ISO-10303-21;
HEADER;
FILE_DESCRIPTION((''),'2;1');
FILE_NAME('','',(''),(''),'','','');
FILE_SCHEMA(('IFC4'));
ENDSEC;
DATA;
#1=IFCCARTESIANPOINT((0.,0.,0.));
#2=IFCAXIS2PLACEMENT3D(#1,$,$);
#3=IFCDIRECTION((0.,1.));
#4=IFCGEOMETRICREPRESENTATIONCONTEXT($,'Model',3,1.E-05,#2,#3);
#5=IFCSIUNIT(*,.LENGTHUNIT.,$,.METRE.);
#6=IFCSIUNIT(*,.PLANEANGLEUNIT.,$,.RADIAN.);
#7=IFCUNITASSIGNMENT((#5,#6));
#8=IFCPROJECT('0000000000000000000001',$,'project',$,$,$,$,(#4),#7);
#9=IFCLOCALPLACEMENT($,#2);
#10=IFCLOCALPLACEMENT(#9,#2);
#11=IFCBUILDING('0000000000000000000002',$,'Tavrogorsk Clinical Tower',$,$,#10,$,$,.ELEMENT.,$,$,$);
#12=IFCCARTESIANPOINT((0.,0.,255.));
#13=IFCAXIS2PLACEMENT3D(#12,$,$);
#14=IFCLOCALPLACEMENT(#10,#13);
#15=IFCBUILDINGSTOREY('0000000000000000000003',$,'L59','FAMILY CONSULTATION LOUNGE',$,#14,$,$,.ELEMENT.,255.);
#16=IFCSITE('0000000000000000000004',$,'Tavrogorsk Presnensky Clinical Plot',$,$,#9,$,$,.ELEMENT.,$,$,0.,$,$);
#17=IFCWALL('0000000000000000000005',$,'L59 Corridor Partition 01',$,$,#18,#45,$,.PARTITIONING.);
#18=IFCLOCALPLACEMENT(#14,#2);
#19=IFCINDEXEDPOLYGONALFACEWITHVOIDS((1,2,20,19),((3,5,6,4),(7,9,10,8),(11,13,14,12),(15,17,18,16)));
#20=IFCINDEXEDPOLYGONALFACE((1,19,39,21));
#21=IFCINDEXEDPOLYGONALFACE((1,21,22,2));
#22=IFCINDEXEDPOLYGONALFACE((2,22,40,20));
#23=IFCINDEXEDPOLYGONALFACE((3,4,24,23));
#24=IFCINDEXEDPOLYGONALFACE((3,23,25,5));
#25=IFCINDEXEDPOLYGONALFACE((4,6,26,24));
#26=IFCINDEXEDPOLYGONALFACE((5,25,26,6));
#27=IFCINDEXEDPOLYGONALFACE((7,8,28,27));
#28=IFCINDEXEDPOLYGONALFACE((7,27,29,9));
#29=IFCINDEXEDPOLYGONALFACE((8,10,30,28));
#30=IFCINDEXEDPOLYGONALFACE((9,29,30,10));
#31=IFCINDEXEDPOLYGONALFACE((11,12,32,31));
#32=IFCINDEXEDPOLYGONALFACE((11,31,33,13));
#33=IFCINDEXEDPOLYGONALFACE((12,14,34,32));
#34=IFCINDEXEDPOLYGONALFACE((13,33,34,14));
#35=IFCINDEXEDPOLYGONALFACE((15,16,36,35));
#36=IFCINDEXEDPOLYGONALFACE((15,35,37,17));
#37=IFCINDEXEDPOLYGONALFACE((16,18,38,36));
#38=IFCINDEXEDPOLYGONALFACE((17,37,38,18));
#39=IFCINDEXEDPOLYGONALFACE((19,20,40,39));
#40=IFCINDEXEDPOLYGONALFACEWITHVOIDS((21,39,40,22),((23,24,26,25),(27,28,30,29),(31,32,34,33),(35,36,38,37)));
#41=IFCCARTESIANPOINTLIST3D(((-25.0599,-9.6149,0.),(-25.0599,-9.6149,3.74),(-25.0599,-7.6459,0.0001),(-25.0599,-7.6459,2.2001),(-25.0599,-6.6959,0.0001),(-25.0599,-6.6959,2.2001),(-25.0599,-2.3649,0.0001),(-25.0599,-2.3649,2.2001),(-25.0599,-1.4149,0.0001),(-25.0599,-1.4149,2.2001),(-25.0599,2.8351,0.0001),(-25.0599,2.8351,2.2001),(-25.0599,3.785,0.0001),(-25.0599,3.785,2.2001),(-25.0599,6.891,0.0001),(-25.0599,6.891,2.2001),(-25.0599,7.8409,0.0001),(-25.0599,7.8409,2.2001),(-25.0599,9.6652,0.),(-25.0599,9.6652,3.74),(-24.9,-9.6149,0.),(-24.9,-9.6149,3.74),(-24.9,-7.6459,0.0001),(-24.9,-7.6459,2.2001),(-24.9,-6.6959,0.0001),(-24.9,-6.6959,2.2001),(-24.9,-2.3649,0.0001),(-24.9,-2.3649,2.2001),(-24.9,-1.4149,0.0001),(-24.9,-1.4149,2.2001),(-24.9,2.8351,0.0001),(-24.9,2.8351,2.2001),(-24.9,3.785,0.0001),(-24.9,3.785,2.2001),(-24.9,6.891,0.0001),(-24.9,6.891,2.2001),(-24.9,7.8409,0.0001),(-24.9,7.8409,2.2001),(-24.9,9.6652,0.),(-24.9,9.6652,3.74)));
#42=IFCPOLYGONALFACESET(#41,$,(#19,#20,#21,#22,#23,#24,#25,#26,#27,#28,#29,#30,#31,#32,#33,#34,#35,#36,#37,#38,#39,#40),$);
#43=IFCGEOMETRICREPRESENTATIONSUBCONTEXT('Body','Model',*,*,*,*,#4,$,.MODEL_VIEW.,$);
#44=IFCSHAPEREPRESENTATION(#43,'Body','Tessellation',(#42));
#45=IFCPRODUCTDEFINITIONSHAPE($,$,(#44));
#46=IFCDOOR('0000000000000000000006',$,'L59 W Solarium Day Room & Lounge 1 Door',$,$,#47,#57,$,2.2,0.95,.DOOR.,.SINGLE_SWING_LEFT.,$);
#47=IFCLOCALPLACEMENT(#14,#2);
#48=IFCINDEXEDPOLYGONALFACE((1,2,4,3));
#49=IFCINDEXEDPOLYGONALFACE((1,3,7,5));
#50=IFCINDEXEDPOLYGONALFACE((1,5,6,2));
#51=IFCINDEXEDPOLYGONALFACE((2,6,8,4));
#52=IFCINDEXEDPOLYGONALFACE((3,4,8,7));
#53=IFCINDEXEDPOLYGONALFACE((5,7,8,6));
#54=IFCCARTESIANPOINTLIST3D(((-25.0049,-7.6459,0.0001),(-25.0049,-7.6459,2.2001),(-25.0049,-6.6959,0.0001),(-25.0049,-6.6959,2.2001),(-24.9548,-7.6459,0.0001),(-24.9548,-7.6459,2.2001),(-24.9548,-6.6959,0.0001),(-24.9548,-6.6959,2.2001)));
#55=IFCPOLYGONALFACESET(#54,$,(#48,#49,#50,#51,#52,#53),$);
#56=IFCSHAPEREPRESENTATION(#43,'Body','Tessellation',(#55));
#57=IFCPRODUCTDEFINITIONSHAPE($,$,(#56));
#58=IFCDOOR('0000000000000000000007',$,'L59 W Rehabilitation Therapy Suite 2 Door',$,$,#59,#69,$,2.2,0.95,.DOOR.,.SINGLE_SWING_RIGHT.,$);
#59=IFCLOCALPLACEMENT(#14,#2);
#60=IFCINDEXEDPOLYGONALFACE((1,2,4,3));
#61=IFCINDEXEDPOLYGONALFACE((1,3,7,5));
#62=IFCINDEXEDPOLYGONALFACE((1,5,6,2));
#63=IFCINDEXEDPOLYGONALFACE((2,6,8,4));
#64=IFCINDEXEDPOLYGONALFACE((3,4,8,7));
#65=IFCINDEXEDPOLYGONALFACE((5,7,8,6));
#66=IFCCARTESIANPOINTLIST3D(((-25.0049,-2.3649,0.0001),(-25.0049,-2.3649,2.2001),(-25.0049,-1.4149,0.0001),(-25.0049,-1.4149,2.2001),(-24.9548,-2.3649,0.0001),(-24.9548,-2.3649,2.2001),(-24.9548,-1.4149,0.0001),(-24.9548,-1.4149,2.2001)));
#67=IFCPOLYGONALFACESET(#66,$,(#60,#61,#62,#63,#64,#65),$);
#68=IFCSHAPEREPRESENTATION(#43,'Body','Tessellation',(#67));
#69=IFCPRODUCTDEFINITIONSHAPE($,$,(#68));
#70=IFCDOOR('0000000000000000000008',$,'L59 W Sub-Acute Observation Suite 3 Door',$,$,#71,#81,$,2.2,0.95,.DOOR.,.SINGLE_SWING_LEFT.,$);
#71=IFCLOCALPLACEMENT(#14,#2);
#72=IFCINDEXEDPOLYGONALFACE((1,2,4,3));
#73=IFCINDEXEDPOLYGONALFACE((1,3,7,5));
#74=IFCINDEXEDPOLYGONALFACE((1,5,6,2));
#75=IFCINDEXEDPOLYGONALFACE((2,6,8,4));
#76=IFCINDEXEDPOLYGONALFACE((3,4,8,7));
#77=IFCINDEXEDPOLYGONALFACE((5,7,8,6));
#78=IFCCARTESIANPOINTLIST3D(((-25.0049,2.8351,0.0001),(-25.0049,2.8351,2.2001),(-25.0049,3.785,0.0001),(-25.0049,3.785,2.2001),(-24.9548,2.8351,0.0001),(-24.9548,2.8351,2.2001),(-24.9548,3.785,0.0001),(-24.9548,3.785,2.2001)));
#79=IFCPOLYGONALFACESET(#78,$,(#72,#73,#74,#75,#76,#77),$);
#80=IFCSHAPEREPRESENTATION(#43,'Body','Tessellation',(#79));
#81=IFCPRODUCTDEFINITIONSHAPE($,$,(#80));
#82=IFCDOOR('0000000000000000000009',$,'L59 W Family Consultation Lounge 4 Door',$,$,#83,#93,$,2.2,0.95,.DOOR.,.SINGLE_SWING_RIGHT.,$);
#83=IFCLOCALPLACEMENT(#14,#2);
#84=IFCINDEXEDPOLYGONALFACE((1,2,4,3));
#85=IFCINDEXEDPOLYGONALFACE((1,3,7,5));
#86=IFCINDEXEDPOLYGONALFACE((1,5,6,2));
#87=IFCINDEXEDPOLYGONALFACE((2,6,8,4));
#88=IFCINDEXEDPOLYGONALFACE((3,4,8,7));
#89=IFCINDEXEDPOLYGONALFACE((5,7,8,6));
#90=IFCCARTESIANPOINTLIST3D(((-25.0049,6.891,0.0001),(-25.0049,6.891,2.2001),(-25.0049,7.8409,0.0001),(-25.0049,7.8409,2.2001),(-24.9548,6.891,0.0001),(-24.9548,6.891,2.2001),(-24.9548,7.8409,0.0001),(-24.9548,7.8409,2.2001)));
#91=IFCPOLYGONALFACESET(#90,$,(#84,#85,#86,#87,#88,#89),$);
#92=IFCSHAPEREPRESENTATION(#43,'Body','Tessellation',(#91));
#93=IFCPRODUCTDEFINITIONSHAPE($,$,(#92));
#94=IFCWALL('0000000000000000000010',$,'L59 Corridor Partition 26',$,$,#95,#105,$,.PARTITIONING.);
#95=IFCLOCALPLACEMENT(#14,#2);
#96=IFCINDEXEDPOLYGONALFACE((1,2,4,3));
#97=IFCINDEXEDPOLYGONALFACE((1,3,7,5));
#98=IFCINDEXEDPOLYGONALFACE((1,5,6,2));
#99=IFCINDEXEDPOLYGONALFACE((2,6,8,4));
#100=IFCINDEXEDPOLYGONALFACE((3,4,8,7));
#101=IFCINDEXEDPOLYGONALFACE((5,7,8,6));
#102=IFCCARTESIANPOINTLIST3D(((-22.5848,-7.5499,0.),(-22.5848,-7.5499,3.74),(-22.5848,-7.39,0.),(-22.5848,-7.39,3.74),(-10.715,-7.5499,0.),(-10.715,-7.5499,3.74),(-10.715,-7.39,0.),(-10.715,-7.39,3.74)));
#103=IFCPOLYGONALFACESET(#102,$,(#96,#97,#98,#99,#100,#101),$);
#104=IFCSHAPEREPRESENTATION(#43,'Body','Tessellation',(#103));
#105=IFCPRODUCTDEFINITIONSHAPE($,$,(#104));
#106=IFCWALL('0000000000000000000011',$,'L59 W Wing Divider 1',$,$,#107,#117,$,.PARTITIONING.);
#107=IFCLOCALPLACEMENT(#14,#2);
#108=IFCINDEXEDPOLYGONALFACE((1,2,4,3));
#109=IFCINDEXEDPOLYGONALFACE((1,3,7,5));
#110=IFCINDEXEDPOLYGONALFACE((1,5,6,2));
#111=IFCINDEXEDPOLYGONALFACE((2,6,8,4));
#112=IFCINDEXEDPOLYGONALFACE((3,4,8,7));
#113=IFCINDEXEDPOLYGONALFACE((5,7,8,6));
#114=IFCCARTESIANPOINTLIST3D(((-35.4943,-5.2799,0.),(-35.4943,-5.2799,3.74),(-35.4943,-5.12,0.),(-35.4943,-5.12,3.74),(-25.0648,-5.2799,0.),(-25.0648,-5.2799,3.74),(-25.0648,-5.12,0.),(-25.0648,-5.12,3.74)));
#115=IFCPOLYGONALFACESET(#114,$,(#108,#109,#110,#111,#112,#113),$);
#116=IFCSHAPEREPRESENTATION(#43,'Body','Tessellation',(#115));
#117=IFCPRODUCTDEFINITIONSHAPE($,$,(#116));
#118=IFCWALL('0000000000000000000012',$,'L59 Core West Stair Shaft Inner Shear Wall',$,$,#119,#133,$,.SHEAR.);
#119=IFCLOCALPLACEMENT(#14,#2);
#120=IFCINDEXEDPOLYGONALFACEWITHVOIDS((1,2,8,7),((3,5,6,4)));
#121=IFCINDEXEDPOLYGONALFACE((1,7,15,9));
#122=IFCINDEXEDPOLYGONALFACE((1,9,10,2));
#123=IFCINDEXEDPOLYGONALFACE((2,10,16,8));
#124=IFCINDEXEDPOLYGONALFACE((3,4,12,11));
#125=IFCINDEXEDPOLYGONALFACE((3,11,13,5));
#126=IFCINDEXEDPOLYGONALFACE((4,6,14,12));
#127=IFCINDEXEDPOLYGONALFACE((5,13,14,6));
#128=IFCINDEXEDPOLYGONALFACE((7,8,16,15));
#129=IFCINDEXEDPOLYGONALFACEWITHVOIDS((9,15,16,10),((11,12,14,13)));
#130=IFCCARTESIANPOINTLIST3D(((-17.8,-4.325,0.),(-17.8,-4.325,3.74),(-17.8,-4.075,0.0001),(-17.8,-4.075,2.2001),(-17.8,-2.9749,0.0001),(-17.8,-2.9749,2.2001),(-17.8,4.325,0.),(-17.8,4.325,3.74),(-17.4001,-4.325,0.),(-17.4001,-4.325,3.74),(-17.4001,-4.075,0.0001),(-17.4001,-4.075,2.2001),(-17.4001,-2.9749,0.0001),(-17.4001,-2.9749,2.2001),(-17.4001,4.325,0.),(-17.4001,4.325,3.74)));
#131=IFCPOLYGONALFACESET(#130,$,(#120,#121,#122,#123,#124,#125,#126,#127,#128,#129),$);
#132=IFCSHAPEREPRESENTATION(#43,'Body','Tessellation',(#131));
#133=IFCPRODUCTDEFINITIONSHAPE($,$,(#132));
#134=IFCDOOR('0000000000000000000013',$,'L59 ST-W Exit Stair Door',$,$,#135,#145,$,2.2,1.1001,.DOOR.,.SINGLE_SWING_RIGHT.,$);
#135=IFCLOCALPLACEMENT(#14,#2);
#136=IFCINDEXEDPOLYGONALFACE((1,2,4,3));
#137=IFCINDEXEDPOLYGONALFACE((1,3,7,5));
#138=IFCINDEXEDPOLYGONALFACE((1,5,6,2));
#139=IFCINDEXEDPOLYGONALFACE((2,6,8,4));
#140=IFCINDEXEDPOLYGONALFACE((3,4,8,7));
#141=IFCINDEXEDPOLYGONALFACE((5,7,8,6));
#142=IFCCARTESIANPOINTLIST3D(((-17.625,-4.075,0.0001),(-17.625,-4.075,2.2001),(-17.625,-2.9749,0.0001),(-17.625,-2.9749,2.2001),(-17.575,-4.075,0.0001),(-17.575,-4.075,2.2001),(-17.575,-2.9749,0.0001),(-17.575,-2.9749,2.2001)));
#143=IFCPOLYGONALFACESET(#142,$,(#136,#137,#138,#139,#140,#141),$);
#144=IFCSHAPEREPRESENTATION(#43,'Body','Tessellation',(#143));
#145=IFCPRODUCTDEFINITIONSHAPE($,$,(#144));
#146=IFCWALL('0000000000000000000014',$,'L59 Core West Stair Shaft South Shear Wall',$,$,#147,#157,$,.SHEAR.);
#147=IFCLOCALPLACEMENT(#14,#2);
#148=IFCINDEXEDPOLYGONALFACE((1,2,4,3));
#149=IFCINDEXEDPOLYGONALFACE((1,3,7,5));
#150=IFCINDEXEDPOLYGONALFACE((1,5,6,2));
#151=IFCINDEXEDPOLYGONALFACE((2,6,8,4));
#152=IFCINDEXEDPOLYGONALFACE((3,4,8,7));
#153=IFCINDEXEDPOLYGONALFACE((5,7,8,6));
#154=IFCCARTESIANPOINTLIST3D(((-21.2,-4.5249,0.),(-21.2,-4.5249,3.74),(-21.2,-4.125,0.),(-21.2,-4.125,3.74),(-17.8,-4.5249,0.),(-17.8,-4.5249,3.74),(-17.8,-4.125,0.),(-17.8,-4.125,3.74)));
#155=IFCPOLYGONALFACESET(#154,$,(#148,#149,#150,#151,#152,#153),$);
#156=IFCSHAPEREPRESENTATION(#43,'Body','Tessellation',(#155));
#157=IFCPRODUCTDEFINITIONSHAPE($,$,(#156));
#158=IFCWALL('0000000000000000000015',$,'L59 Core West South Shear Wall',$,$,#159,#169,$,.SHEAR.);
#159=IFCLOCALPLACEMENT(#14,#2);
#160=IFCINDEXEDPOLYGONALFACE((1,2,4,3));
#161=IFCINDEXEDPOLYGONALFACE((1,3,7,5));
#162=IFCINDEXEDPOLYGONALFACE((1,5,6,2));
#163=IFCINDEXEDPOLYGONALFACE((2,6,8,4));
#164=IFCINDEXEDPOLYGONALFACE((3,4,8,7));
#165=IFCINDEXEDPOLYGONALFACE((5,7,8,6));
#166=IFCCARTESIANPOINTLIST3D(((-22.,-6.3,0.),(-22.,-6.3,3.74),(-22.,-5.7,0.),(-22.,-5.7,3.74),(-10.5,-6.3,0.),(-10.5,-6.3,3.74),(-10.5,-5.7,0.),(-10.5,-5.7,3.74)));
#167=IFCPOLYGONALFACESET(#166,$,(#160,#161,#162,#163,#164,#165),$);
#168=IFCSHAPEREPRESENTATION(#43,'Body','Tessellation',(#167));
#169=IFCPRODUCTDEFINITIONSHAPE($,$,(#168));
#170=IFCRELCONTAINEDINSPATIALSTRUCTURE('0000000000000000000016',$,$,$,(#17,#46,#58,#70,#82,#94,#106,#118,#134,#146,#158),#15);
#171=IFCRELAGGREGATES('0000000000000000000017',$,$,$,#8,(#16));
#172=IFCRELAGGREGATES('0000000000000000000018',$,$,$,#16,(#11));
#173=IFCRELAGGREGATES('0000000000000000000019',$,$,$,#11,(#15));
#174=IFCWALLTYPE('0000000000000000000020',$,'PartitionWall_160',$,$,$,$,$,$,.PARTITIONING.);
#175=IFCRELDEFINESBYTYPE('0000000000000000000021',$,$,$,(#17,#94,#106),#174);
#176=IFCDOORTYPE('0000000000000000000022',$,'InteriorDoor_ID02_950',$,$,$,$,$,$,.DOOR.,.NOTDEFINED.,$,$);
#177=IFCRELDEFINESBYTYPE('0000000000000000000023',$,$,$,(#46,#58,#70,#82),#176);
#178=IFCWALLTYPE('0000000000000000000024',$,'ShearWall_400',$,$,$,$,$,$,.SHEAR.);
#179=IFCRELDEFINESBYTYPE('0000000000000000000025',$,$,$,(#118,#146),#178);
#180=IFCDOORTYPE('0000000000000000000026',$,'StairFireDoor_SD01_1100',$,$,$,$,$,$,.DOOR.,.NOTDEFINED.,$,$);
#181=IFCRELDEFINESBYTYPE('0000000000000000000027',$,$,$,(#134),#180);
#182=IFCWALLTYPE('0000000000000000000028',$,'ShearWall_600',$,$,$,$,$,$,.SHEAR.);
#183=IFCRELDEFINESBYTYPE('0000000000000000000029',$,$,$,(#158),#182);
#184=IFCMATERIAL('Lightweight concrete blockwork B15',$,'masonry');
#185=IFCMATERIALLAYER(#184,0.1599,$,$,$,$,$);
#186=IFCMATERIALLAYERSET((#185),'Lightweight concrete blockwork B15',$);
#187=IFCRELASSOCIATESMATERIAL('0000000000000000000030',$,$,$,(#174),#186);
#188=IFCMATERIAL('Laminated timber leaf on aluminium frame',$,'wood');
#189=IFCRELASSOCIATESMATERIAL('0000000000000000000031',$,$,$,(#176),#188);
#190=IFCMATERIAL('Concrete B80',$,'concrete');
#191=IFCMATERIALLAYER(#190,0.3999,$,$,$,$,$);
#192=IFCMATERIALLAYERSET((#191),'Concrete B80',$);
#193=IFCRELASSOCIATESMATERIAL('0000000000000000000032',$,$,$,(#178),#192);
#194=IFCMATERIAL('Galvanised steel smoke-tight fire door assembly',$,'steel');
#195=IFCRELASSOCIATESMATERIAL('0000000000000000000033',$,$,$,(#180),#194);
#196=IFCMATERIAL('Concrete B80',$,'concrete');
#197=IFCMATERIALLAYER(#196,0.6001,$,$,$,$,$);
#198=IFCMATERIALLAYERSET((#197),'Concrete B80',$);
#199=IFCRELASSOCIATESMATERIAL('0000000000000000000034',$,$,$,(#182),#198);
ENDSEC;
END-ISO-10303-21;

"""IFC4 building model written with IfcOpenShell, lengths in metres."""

from ifc_helpers import new_model, si_unit, direction, frame, frame_2d, origin, place, context, subcontext, project, spatial, rectangle, extrude, material, layer, layer_set, type_object, element, fill, save


model = new_model("IFC4")

# Units and contexts
model_context = context("Model", 3, precision=1e-05, world=origin(), true_north=direction((0.0, 1.0)))
body_context = subcontext(model_context, "Body", "Model", "MODEL_VIEW")
ifc_project = project(units=[si_unit("LENGTHUNIT", "METRE"), si_unit("PLANEANGLEUNIT", "RADIAN")], contexts=[model_context])

# Site, building, storey
site_placement = place(None, origin())
site = spatial("IfcSite", under=ifc_project, at=site_placement, Name="Tavrogorsk Presnensky Clinical Plot", CompositionType="ELEMENT", RefElevation=0.0)
building_placement = place(site_placement, origin())
building = spatial("IfcBuilding", under=site, at=building_placement, Name="Tavrogorsk Clinical Tower", CompositionType="ELEMENT")
storey_placement = place(building_placement, frame((0.0, 0.0, 255.0)))
storey = spatial("IfcBuildingStorey", under=building, at=storey_placement, Name="L59", Description="FAMILY CONSULTATION LOUNGE", CompositionType="ELEMENT", Elevation=255.0)

# Wall, openings, doors
ifc_material_1 = material(Name="Lightweight concrete blockwork B15", Category="masonry")
ifc_layer_1 = layer(ifc_material_1, 0.1599)
ifc_layer_set_1 = layer_set([ifc_layer_1], Name="Lightweight concrete blockwork B15")
wall_type_1 = type_object("IfcWallType", Name="PartitionWall_160", PredefinedType="PARTITIONING", material=ifc_layer_set_1)
wall_1_placement = place(storey_placement, frame((-24.98, -9.615, 0.0), z_axis=(0.0, 0.0, 1.0), x_axis=(0.0, 1.0, 0.0)))
wall_1 = element("IfcWall", 1, at=wall_1_placement, inside=storey, type_object=wall_type_1, Name="L59 Corridor Partition 01", PredefinedType="PARTITIONING", context=body_context, shape_type="SweptSolid", body=[
    extrude(rectangle(XDim=19.28, YDim=0.1599, at=frame_2d((9.6401, 0.0))), origin(), (0.0, 0.0, 1.0), 3.74),
])
opening_1_placement = place(wall_1_placement, frame((1.969, 0.0, 0.0)))
opening_1 = element("IfcOpeningElement", 2, at=opening_1_placement, cuts=wall_1, PredefinedType="OPENING", context=body_context, shape_type="SweptSolid", body=[
    extrude(rectangle(XDim=0.95, YDim=2.2, at=frame_2d((0.4751, 1.1001))), frame((0.0, 0.0898, 0.0), z_axis=(0.0, -1.0, 0.0), x_axis=(1.0, 0.0, 0.0)), (0.0, 0.0, 1.0), 0.1799),
])
opening_2_placement = place(wall_1_placement, frame((7.25, 0.0, 0.0)))
opening_2 = element("IfcOpeningElement", 3, at=opening_2_placement, cuts=wall_1, PredefinedType="OPENING", context=body_context, shape_type="SweptSolid", body=[
    extrude(rectangle(XDim=0.95, YDim=2.2, at=frame_2d((0.4751, 1.1001))), frame((0.0, 0.0898, 0.0), z_axis=(0.0, -1.0, 0.0), x_axis=(1.0, 0.0, 0.0)), (0.0, 0.0, 1.0), 0.1799),
])
opening_3_placement = place(wall_1_placement, frame((12.45, 0.0, 0.0)))
opening_3 = element("IfcOpeningElement", 4, at=opening_3_placement, cuts=wall_1, PredefinedType="OPENING", context=body_context, shape_type="SweptSolid", body=[
    extrude(rectangle(XDim=0.95, YDim=2.2, at=frame_2d((0.4751, 1.1001))), frame((0.0, 0.0898, 0.0), z_axis=(0.0, -1.0, 0.0), x_axis=(1.0, 0.0, 0.0)), (0.0, 0.0, 1.0), 0.1799),
])
opening_4_placement = place(wall_1_placement, frame((16.5059, 0.0, 0.0)))
opening_4 = element("IfcOpeningElement", 5, at=opening_4_placement, cuts=wall_1, PredefinedType="OPENING", context=body_context, shape_type="SweptSolid", body=[
    extrude(rectangle(XDim=0.95, YDim=2.2, at=frame_2d((0.4751, 1.1001))), frame((0.0, 0.0898, 0.0), z_axis=(0.0, -1.0, 0.0), x_axis=(1.0, 0.0, 0.0)), (0.0, 0.0, 1.0), 0.1799),
])
ifc_material_2 = material(Name="Laminated timber leaf on aluminium frame", Category="wood")
door_type_1 = type_object("IfcDoorType", Name="InteriorDoor_ID02_950", OperationType="NOTDEFINED", PredefinedType="DOOR", material=ifc_material_2)
door_1_placement = place(opening_1_placement, origin())
door_1 = element("IfcDoor", 6, at=door_1_placement, inside=storey, type_object=door_type_1, Name="L59 W Solarium Day Room & Lounge 1 Door", OperationType="SINGLE_SWING_LEFT", OverallHeight=2.2, OverallWidth=0.95, PredefinedType="DOOR", context=body_context, shape_type="SweptSolid", body=[
    extrude(rectangle(XDim=0.95, YDim=2.2, at=frame_2d((0.4751, 1.1001))), frame((0.0, 0.0249, 0.0), z_axis=(0.0, -1.0, 0.0), x_axis=(1.0, 0.0, 0.0)), (0.0, 0.0, 1.0), 0.05),
])
fill(opening_1, door_1)
door_2_placement = place(opening_2_placement, origin())
door_2 = element("IfcDoor", 7, at=door_2_placement, inside=storey, type_object=door_type_1, Name="L59 W Rehabilitation Therapy Suite 2 Door", OperationType="SINGLE_SWING_RIGHT", OverallHeight=2.2, OverallWidth=0.95, PredefinedType="DOOR", context=body_context, shape_type="SweptSolid", body=[
    extrude(rectangle(XDim=0.95, YDim=2.2, at=frame_2d((0.4751, 1.1001))), frame((0.0, 0.0249, 0.0), z_axis=(0.0, -1.0, 0.0), x_axis=(1.0, 0.0, 0.0)), (0.0, 0.0, 1.0), 0.05),
])
fill(opening_2, door_2)
door_3_placement = place(opening_3_placement, origin())
door_3 = element("IfcDoor", 8, at=door_3_placement, inside=storey, type_object=door_type_1, Name="L59 W Sub-Acute Observation Suite 3 Door", OperationType="SINGLE_SWING_LEFT", OverallHeight=2.2, OverallWidth=0.95, PredefinedType="DOOR", context=body_context, shape_type="SweptSolid", body=[
    extrude(rectangle(XDim=0.95, YDim=2.2, at=frame_2d((0.4751, 1.1001))), frame((0.0, 0.0249, 0.0), z_axis=(0.0, -1.0, 0.0), x_axis=(1.0, 0.0, 0.0)), (0.0, 0.0, 1.0), 0.05),
])
fill(opening_3, door_3)
door_4_placement = place(opening_4_placement, origin())
door_4 = element("IfcDoor", 9, at=door_4_placement, inside=storey, type_object=door_type_1, Name="L59 W Family Consultation Lounge 4 Door", OperationType="SINGLE_SWING_RIGHT", OverallHeight=2.2, OverallWidth=0.95, PredefinedType="DOOR", context=body_context, shape_type="SweptSolid", body=[
    extrude(rectangle(XDim=0.95, YDim=2.2, at=frame_2d((0.4751, 1.1001))), frame((0.0, 0.0249, 0.0), z_axis=(0.0, -1.0, 0.0), x_axis=(1.0, 0.0, 0.0)), (0.0, 0.0, 1.0), 0.05),
])
fill(opening_4, door_4)

# Walls
wall_2_placement = place(storey_placement, frame((-22.585, -7.47, 0.0), z_axis=(0.0, 0.0, 1.0), x_axis=(1.0, 0.0, 0.0)))
element("IfcWall", 10, at=wall_2_placement, inside=storey, type_object=wall_type_1, Name="L59 Corridor Partition 26", PredefinedType="PARTITIONING", context=body_context, shape_type="SweptSolid", body=[
    extrude(rectangle(XDim=11.8699, YDim=0.1599, at=frame_2d((5.9351, 0.0))), origin(), (0.0, 0.0, 1.0), 3.74),
])
wall_3_placement = place(storey_placement, frame((-35.4944, -5.2, 0.0), z_axis=(0.0, 0.0, 1.0), x_axis=(1.0, 0.0, 0.0)))
element("IfcWall", 11, at=wall_3_placement, inside=storey, type_object=wall_type_1, Name="L59 W Wing Divider 1", PredefinedType="PARTITIONING", context=body_context, shape_type="SweptSolid", body=[
    extrude(rectangle(XDim=10.4294, YDim=0.1599, at=frame_2d((5.2148, 0.0))), origin(), (0.0, 0.0, 1.0), 3.74),
])

# Wall, opening, door
ifc_material_3 = material(Name="Concrete B80", Category="concrete")
ifc_layer_2 = layer(ifc_material_3, 0.3999)
ifc_layer_set_2 = layer_set([ifc_layer_2], Name="Concrete B80")
wall_type_2 = type_object("IfcWallType", Name="ShearWall_400", PredefinedType="SHEAR", material=ifc_layer_set_2)
wall_4_placement = place(storey_placement, frame((-17.6001, -4.325, 0.0), z_axis=(0.0, 0.0, 1.0), x_axis=(0.0, 1.0, 0.0)))
wall_4 = element("IfcWall", 12, at=wall_4_placement, inside=storey, type_object=wall_type_2, Name="L59 Core West Stair Shaft Inner Shear Wall", PredefinedType="SHEAR", context=body_context, shape_type="SweptSolid", body=[
    extrude(rectangle(XDim=8.6499, YDim=0.3999, at=frame_2d((4.325, 0.0))), origin(), (0.0, 0.0, 1.0), 3.74),
])
opening_5_placement = place(wall_4_placement, frame((0.25, 0.0, 0.0)))
opening_5 = element("IfcOpeningElement", 13, at=opening_5_placement, cuts=wall_4, PredefinedType="OPENING", context=body_context, shape_type="SweptSolid", body=[
    extrude(rectangle(XDim=1.1001, YDim=2.2, at=frame_2d((0.55, 1.1001))), frame((0.0, 0.21, 0.0), z_axis=(0.0, -1.0, 0.0), x_axis=(1.0, 0.0, 0.0)), (0.0, 0.0, 1.0), 0.4199),
])
ifc_material_4 = material(Name="Galvanised steel smoke-tight fire door assembly", Category="steel")
door_type_2 = type_object("IfcDoorType", Name="StairFireDoor_SD01_1100", OperationType="NOTDEFINED", PredefinedType="DOOR", material=ifc_material_4)
door_5_placement = place(opening_5_placement, origin())
door_5 = element("IfcDoor", 14, at=door_5_placement, inside=storey, type_object=door_type_2, Name="L59 ST-W Exit Stair Door", OperationType="SINGLE_SWING_RIGHT", OverallHeight=2.2, OverallWidth=1.1001, PredefinedType="DOOR", context=body_context, shape_type="SweptSolid", body=[
    extrude(rectangle(XDim=1.1001, YDim=2.2, at=frame_2d((0.55, 1.1001))), frame((0.0, 0.0249, 0.0), z_axis=(0.0, -1.0, 0.0), x_axis=(1.0, 0.0, 0.0)), (0.0, 0.0, 1.0), 0.05),
])
fill(opening_5, door_5)

# Walls
wall_5_placement = place(storey_placement, frame((-21.2, -4.325, 0.0), z_axis=(0.0, 0.0, 1.0), x_axis=(1.0, 0.0, 0.0)))
element("IfcWall", 15, at=wall_5_placement, inside=storey, type_object=wall_type_2, Name="L59 Core West Stair Shaft South Shear Wall", PredefinedType="SHEAR", context=body_context, shape_type="SweptSolid", body=[
    extrude(rectangle(XDim=3.3999, YDim=0.3999, at=frame_2d((1.7, 0.0))), origin(), (0.0, 0.0, 1.0), 3.74),
])
ifc_material_5 = material(Name="Concrete B80", Category="concrete")
ifc_layer_3 = layer(ifc_material_5, 0.6001)
ifc_layer_set_3 = layer_set([ifc_layer_3], Name="Concrete B80")
wall_type_3 = type_object("IfcWallType", Name="ShearWall_600", PredefinedType="SHEAR", material=ifc_layer_set_3)
wall_6_placement = place(storey_placement, frame((-22.0, -6.0, 0.0), z_axis=(0.0, 0.0, 1.0), x_axis=(1.0, 0.0, 0.0)))
element("IfcWall", 16, at=wall_6_placement, inside=storey, type_object=wall_type_3, Name="L59 Core West South Shear Wall", PredefinedType="SHEAR", context=body_context, shape_type="SweptSolid", body=[
    extrude(rectangle(XDim=11.5, YDim=0.6001, at=frame_2d((5.75, 0.0))), origin(), (0.0, 0.0, 1.0), 3.74),
])

save(model, "model.ifc")
